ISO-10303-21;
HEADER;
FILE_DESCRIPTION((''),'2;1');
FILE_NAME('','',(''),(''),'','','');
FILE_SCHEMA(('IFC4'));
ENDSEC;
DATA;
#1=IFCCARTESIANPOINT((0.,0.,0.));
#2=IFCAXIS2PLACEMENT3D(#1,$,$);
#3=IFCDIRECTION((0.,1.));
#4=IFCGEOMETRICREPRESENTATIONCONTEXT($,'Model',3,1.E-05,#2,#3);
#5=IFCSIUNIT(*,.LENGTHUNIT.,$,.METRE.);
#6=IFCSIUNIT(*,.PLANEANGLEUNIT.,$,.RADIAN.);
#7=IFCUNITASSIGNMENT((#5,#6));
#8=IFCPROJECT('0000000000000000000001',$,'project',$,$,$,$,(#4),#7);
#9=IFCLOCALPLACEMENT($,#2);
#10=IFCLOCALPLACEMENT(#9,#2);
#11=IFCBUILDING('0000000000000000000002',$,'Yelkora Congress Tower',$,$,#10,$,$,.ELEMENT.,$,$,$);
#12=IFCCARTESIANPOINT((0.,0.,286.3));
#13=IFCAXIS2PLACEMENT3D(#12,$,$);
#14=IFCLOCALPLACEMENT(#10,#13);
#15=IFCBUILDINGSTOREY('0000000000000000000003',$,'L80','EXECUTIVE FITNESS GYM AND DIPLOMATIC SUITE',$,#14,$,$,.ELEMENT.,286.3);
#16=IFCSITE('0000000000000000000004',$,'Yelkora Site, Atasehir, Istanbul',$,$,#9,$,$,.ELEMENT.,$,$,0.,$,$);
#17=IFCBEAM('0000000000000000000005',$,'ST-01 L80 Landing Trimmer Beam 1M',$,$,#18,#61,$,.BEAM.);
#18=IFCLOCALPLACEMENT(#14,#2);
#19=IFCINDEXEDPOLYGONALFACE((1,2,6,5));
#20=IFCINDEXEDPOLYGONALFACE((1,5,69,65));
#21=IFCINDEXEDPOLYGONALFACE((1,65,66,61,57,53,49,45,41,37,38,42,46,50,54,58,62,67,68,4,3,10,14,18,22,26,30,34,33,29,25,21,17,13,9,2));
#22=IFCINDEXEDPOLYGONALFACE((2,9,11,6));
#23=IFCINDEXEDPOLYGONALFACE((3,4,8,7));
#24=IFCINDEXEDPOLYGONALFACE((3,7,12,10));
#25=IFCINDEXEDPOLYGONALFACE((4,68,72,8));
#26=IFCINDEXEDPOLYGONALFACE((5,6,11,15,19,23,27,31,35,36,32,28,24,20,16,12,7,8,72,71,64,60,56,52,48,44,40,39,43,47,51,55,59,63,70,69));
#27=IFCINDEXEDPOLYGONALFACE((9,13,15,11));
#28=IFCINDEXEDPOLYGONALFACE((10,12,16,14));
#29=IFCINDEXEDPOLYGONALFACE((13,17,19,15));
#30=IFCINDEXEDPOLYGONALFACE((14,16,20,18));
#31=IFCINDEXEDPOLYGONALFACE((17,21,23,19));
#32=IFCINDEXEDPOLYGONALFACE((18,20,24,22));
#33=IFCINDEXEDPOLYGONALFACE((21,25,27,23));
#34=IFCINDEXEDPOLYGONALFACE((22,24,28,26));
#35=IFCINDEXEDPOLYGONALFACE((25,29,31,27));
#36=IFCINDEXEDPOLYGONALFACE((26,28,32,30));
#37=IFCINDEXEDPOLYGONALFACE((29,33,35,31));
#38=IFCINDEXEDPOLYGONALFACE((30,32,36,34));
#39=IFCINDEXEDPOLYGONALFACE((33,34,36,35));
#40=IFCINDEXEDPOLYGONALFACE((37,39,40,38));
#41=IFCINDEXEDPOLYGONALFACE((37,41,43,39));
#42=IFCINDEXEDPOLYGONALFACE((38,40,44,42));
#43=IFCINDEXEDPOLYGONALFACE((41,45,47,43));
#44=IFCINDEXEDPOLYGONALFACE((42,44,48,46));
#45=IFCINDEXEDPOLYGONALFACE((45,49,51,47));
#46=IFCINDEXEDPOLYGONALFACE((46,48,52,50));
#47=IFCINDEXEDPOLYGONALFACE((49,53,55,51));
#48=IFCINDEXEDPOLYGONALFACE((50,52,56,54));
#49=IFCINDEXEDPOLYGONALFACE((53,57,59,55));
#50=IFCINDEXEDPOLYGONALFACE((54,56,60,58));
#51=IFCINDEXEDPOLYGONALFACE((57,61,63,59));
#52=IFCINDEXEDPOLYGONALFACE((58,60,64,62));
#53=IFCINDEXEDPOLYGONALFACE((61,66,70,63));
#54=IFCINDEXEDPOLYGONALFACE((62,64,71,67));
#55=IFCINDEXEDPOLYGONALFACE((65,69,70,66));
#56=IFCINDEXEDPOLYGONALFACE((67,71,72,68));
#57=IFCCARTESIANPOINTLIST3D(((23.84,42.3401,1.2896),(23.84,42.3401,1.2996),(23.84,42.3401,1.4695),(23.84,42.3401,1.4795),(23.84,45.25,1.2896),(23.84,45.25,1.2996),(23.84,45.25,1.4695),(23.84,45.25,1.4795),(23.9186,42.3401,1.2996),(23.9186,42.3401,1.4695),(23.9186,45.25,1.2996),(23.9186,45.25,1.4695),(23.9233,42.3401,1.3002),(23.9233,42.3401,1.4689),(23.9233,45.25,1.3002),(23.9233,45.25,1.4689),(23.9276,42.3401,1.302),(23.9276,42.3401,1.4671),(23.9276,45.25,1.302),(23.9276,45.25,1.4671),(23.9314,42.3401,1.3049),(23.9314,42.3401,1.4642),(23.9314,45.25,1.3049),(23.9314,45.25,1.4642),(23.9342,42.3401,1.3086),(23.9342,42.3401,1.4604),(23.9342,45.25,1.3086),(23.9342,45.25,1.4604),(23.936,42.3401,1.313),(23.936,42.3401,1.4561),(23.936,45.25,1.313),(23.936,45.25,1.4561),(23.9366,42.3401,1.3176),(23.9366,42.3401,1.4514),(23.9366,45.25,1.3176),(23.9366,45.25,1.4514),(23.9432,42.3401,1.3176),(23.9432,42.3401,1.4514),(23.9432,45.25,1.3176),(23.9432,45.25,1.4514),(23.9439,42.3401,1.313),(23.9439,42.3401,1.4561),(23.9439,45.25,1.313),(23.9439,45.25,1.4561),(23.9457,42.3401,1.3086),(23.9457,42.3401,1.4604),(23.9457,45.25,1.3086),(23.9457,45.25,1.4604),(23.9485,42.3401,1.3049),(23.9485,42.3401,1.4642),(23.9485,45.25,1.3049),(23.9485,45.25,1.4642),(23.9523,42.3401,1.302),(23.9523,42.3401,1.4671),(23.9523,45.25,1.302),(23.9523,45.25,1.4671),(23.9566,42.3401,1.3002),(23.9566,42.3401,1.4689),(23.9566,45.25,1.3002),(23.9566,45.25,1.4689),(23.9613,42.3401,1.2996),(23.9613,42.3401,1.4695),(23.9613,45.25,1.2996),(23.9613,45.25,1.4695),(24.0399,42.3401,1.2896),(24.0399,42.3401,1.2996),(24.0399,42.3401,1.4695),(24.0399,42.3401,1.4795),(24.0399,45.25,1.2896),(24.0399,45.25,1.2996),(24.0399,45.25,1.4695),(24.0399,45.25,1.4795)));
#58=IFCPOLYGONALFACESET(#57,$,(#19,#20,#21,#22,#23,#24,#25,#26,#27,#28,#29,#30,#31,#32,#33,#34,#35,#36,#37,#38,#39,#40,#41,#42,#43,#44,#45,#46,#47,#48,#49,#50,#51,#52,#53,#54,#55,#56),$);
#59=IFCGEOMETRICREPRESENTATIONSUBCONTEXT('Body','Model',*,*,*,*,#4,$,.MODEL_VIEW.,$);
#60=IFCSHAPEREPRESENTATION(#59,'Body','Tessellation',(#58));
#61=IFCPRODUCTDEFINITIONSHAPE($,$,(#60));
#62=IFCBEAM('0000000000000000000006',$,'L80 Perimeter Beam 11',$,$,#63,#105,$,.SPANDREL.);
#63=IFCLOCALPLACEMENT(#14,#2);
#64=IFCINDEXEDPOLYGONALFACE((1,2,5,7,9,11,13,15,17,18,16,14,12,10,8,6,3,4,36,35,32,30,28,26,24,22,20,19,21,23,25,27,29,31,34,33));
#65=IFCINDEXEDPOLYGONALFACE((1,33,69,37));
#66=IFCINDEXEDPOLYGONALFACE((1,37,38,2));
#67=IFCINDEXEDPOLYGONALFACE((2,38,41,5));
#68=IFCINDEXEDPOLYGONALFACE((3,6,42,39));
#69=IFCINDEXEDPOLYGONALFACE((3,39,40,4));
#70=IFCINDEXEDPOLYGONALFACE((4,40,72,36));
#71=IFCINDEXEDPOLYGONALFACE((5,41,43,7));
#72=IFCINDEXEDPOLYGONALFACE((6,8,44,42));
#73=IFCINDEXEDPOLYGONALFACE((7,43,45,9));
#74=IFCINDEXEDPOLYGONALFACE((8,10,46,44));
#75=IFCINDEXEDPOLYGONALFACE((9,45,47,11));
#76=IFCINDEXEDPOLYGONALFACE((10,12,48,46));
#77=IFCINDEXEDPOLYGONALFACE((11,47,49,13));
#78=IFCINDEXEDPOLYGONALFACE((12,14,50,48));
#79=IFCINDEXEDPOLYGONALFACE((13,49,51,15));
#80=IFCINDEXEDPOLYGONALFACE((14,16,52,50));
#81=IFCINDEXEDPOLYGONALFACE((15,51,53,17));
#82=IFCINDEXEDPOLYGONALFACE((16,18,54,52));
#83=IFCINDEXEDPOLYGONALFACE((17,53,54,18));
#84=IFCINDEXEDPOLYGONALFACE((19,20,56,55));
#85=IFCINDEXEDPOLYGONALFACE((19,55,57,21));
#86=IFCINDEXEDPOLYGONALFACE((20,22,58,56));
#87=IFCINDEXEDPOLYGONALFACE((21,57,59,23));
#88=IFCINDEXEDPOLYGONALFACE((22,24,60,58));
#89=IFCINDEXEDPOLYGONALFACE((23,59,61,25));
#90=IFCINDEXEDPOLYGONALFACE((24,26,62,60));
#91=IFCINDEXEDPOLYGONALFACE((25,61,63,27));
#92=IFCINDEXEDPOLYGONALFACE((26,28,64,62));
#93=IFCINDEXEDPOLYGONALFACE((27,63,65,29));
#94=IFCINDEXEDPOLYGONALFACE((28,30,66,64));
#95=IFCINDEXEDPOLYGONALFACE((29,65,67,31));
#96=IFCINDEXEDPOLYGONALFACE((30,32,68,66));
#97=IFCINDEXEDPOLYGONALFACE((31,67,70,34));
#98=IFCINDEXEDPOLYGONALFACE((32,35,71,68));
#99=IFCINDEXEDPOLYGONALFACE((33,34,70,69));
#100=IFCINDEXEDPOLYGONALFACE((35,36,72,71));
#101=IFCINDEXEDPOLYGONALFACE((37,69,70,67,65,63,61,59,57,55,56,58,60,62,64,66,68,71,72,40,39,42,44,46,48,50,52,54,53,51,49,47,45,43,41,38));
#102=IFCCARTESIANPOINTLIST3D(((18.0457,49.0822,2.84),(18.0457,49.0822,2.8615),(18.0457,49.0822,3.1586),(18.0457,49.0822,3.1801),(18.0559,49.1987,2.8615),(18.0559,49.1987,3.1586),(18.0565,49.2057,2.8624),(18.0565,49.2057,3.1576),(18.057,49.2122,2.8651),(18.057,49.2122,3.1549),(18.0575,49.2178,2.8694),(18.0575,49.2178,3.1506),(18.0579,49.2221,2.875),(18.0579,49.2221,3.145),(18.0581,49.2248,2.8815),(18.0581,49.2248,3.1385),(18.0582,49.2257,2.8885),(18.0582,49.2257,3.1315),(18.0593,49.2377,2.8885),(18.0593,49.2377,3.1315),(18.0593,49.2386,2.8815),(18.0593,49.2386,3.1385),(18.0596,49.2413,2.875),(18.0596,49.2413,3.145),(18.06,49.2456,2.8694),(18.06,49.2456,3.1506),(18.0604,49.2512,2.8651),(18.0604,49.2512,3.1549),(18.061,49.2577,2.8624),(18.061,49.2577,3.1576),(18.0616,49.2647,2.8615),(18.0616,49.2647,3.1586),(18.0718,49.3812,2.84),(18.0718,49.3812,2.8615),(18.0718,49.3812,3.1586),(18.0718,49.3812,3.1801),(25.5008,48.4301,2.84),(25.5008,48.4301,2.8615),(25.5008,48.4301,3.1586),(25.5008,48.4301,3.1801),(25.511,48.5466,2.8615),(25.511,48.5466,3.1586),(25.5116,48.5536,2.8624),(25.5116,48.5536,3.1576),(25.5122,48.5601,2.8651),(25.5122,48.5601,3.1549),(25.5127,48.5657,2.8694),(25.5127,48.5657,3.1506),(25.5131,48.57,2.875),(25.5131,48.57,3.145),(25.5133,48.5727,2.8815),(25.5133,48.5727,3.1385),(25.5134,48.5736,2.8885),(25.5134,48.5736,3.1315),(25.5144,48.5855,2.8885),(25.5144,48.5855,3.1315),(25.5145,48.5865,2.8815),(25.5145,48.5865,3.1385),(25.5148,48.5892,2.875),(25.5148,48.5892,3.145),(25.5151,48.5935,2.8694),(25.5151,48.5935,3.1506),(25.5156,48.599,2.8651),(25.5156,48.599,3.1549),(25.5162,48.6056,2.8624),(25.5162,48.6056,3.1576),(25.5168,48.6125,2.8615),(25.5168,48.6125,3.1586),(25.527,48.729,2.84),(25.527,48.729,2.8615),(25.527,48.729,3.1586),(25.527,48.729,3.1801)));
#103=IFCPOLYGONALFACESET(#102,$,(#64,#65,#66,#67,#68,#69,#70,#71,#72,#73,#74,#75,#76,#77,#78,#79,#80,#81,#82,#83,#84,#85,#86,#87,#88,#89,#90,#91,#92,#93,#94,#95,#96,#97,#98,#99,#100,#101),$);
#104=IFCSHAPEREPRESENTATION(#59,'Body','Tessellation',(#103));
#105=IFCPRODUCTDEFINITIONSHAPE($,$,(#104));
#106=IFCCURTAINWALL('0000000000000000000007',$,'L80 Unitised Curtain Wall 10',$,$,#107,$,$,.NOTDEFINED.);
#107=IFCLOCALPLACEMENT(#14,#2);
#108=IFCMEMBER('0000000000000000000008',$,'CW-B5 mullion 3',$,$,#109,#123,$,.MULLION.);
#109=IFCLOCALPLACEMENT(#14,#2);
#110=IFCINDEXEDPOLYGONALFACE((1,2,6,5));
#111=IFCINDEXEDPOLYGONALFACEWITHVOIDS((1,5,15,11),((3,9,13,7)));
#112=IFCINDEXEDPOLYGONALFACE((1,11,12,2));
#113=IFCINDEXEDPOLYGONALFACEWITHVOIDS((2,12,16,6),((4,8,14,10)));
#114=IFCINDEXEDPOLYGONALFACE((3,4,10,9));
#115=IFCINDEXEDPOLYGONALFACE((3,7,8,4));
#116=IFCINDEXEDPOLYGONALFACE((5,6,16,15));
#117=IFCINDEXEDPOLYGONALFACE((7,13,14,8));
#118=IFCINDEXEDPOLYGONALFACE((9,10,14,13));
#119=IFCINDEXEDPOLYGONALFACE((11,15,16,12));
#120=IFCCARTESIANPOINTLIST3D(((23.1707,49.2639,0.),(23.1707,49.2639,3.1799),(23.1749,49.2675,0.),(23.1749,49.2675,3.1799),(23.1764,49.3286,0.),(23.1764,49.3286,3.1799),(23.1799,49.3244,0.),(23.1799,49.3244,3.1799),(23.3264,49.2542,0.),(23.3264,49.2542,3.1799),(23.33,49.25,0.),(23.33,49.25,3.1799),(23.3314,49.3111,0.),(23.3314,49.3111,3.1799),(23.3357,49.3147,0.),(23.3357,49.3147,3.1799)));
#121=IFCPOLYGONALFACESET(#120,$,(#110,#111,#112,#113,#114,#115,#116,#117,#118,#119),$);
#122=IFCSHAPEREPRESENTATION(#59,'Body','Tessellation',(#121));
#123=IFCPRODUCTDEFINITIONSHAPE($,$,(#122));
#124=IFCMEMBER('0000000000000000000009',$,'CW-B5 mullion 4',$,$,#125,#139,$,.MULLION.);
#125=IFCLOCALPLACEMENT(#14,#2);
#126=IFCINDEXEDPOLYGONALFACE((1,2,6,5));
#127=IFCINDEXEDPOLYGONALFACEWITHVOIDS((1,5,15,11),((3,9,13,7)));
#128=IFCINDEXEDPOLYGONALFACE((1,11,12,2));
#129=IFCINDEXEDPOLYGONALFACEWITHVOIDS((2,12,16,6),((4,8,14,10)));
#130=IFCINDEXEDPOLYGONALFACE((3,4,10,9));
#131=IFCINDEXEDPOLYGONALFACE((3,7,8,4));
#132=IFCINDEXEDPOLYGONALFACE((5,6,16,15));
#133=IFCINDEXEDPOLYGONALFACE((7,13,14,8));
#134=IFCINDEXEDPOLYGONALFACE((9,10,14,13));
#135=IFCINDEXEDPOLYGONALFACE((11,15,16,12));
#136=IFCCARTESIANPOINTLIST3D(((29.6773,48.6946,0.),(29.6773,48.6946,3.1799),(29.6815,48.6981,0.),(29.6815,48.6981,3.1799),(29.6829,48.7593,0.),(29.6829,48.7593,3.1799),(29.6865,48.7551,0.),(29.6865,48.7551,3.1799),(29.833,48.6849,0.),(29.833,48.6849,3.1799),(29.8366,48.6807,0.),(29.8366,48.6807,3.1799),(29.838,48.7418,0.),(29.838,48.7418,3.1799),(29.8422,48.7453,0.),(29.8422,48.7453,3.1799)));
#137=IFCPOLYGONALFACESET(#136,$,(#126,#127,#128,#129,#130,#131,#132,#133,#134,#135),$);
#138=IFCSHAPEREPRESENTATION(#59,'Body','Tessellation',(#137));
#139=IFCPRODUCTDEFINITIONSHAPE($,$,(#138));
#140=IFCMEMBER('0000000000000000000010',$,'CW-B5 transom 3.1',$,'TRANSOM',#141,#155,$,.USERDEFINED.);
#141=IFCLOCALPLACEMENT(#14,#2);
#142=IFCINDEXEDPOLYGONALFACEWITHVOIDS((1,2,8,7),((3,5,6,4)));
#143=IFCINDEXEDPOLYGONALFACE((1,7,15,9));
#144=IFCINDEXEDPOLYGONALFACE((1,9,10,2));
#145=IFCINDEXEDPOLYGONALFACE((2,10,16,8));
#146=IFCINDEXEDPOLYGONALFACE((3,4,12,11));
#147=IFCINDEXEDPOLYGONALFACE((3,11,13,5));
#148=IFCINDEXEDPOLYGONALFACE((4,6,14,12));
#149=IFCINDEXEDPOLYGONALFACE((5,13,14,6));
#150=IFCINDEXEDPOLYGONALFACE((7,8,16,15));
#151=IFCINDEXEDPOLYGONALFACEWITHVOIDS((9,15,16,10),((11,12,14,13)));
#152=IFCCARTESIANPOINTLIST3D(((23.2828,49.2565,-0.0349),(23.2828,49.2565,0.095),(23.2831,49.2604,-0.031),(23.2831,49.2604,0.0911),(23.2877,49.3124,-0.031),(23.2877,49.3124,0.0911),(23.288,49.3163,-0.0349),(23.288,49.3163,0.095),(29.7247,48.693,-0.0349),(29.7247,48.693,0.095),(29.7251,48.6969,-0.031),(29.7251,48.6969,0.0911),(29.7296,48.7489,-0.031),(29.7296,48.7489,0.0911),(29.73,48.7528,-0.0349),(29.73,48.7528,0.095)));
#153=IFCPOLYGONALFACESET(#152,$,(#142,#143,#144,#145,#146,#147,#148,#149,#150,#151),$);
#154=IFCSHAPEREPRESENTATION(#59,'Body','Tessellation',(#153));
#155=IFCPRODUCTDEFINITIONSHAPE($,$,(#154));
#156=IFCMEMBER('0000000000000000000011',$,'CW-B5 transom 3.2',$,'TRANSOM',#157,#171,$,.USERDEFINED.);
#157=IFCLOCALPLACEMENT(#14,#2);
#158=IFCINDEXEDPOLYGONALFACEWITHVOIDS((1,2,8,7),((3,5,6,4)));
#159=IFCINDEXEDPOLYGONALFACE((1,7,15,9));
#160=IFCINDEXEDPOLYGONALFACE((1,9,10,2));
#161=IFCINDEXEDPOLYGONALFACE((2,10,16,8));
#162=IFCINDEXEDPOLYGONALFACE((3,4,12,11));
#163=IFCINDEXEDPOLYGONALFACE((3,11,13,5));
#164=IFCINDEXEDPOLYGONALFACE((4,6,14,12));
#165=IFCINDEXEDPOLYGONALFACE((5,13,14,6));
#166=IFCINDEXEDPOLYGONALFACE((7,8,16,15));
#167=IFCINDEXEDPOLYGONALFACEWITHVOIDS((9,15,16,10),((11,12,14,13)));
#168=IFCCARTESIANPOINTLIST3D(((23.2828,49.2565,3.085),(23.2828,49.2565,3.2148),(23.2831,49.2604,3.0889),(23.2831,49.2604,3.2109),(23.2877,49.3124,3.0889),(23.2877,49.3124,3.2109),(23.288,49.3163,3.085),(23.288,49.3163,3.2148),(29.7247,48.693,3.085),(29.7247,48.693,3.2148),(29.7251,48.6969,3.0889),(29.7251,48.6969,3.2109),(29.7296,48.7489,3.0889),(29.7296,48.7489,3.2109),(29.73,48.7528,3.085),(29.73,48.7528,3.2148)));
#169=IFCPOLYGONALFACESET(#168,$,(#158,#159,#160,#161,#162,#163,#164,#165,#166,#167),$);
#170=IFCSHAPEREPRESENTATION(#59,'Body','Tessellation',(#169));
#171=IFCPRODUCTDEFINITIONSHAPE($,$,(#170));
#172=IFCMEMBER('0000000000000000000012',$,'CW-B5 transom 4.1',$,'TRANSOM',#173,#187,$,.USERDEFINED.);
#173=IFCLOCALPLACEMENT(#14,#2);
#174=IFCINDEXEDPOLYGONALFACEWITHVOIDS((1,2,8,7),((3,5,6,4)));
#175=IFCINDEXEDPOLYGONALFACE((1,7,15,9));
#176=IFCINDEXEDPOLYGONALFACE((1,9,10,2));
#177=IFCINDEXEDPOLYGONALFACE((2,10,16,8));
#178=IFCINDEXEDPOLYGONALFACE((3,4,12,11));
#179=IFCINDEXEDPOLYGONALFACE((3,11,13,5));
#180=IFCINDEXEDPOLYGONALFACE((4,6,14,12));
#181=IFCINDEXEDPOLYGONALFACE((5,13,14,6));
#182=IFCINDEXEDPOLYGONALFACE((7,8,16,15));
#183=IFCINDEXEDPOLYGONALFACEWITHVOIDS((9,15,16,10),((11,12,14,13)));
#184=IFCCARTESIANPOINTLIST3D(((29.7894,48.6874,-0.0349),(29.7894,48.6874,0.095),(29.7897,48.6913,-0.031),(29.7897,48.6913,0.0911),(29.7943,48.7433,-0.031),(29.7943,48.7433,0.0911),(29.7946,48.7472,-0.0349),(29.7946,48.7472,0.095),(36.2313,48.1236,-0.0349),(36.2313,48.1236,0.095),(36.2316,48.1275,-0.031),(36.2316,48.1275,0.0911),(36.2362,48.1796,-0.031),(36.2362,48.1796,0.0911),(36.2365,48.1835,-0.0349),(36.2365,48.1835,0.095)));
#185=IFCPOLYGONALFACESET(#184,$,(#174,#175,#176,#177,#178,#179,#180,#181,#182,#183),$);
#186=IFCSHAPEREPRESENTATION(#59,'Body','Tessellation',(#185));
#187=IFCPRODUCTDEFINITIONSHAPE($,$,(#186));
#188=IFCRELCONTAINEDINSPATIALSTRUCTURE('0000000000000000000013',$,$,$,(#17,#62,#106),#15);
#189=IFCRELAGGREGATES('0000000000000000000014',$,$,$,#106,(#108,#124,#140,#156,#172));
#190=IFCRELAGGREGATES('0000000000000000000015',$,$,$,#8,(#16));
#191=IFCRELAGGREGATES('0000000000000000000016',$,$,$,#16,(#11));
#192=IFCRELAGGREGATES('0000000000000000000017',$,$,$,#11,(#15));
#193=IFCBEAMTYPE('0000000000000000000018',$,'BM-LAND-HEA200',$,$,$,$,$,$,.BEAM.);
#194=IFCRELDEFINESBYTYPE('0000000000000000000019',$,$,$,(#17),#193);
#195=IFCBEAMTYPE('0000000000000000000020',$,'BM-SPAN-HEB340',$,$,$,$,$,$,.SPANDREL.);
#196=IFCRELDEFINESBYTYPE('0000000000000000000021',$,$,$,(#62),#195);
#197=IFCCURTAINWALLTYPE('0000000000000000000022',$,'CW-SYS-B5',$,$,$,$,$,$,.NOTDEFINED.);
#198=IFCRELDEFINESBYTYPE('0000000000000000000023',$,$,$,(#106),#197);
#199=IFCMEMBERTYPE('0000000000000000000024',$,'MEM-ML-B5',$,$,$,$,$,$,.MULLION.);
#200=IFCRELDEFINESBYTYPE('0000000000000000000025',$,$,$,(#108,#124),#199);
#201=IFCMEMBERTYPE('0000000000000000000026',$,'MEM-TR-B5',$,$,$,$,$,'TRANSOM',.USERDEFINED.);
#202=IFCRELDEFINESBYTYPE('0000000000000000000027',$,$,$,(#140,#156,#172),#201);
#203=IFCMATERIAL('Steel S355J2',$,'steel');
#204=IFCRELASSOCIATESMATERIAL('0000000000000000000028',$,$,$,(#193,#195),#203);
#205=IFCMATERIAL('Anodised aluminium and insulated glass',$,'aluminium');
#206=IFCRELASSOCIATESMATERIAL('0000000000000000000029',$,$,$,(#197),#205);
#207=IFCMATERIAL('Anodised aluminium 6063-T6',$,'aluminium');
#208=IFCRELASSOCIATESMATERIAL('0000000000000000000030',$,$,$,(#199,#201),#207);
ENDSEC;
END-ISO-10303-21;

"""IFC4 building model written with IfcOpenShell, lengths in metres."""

from ifc_helpers import new_model, si_unit, direction, frame, origin, origin_2d, place, context, subcontext, project, spatial, hollow_rectangle, i_section, extrude, material, material_profile, profile_set, type_object, element, aggregate, save


model = new_model("IFC4")

# Units and contexts
model_context = context("Model", 3, precision=1e-05, world=origin(), true_north=direction((0.0, 1.0)))
body_context = subcontext(model_context, "Body", "Model", "MODEL_VIEW")
ifc_project = project(units=[si_unit("LENGTHUNIT", "METRE"), si_unit("PLANEANGLEUNIT", "RADIAN")], contexts=[model_context])

# Site, building, storey
site_placement = place(None, origin())
site = spatial("IfcSite", under=ifc_project, at=site_placement, Name="Yelkora Site, Atasehir, Istanbul", CompositionType="ELEMENT", RefElevation=0.0)
building_placement = place(site_placement, origin())
building = spatial("IfcBuilding", under=site, at=building_placement, Name="Yelkora Congress Tower", CompositionType="ELEMENT")
storey_placement = place(building_placement, frame((0.0, 0.0, 286.3)))
storey = spatial("IfcBuildingStorey", under=building, at=storey_placement, Name="L80", Description="EXECUTIVE FITNESS GYM AND DIPLOMATIC SUITE", CompositionType="ELEMENT", Elevation=286.3)

# Shared definitions
ifc_material_1 = material(Name="Steel S355J2", Category="steel")

# Beams
ifc_material_profile_1 = material_profile(ifc_material_1, i_section(OverallWidth=0.2, OverallDepth=0.1899, WebThickness=0.0066, FlangeThickness=0.01, FilletRadius=0.0181, at=origin_2d()), Name="HEA 200")
ifc_profile_set_1 = profile_set([ifc_material_profile_1], Name="Steel S355J2")
beam_type_1 = type_object("IfcBeamType", Name="BM-LAND-HEA200", PredefinedType="BEAM", material=ifc_profile_set_1)
beam_1_placement = place(storey_placement, frame((23.9399, 42.3401, 1.3845), z_axis=(0.0, 1.0, 0.0), x_axis=(-1.0, 0.0, 0.0)))
element("IfcBeam", 1, at=beam_1_placement, inside=storey, type_object=beam_type_1, Name="ST-01 L80 Landing Trimmer Beam 1M", PredefinedType="BEAM", context=body_context, shape_type="SweptSolid", body=[
    extrude(i_section(OverallWidth=0.2, OverallDepth=0.1899, WebThickness=0.0066, FlangeThickness=0.01, FilletRadius=0.0181, at=origin_2d()), origin(), (0.0, 0.0, 1.0), 2.9099),
])
ifc_material_profile_2 = material_profile(ifc_material_1, i_section(OverallWidth=0.3, OverallDepth=0.3401, WebThickness=0.012, FlangeThickness=0.0215, FilletRadius=0.0271, at=origin_2d()), Name="HEB 340")
ifc_profile_set_2 = profile_set([ifc_material_profile_2], Name="Steel S355J2")
beam_type_2 = type_object("IfcBeamType", Name="BM-SPAN-HEB340", PredefinedType="SPANDREL", material=ifc_profile_set_2)
beam_2_placement = place(storey_placement, frame((25.5139, 48.5796, 3.01), z_axis=(-0.996196, 0.087138, 0.0), x_axis=(-0.087138, -0.996196, 0.0)))
element("IfcBeam", 2, at=beam_2_placement, inside=storey, type_object=beam_type_2, Name="L80 Perimeter Beam 11", PredefinedType="SPANDREL", context=body_context, shape_type="SweptSolid", body=[
    extrude(i_section(OverallWidth=0.3, OverallDepth=0.3401, WebThickness=0.012, FlangeThickness=0.0215, FilletRadius=0.0271, at=origin_2d()), origin(), (0.0, 0.0, 1.0), 7.4836),
])

# Curtain wall, members
ifc_material_2 = material(Name="Anodised aluminium and insulated glass", Category="aluminium")
curtain_wall_type = type_object("IfcCurtainWallType", Name="CW-SYS-B5", PredefinedType="NOTDEFINED", material=ifc_material_2)
curtain_wall_placement = place(storey_placement, origin())
curtain_wall = element("IfcCurtainWall", 3, at=curtain_wall_placement, inside=storey, type_object=curtain_wall_type, Name="L80 Unitised Curtain Wall 10", PredefinedType="NOTDEFINED")
ifc_material_3 = material(Name="Anodised aluminium 6063-T6", Category="aluminium")
ifc_material_profile_3 = material_profile(ifc_material_3, hollow_rectangle(XDim=0.0649, YDim=0.1599, WallThickness=0.0039, at=origin_2d()), Name="ALU 65x160x4")
ifc_profile_set_3 = profile_set([ifc_material_profile_3], Name="Anodised aluminium 6063-T6")
member_type_1 = type_object("IfcMemberType", Name="MEM-ML-B5", PredefinedType="MULLION", material=ifc_profile_set_3)
member_1_placement = place(storey_placement, frame((23.2532, 49.2893, 0.0), z_axis=(0.0, 0.0, 1.0), x_axis=(0.087157, 0.996195, 0.0)))
member_1 = element("IfcMember", 4, at=member_1_placement, type_object=member_type_1, Name="CW-B5 mullion 3", PredefinedType="MULLION", context=body_context, shape_type="SweptSolid", body=[
    extrude(hollow_rectangle(XDim=0.0649, YDim=0.1599, WallThickness=0.0039, at=origin_2d()), origin(), (0.0, 0.0, 1.0), 3.1799),
])
member_2_placement = place(storey_placement, frame((29.7598, 48.72, 0.0), z_axis=(0.0, 0.0, 1.0), x_axis=(0.087157, 0.996195, 0.0)))
member_2 = element("IfcMember", 5, at=member_2_placement, type_object=member_type_1, Name="CW-B5 mullion 4", PredefinedType="MULLION", context=body_context, shape_type="SweptSolid", body=[
    extrude(hollow_rectangle(XDim=0.0649, YDim=0.1599, WallThickness=0.0039, at=origin_2d()), origin(), (0.0, 0.0, 1.0), 3.1799),
])
ifc_material_profile_4 = material_profile(ifc_material_3, hollow_rectangle(XDim=0.0601, YDim=0.1299, WallThickness=0.0039, at=origin_2d()), Name="ALU 60x130x4")
ifc_profile_set_4 = profile_set([ifc_material_profile_4], Name="Anodised aluminium 6063-T6")
member_type_2 = type_object("IfcMemberType", Name="MEM-TR-B5", ElementType="TRANSOM", PredefinedType="USERDEFINED", material=ifc_profile_set_4)
member_3_placement = place(storey_placement, frame((23.2854, 49.2864, 0.03), z_axis=(0.996196, -0.087138, 0.0), x_axis=(0.087138, 0.996196, 0.0)))
member_3 = element("IfcMember", 6, at=member_3_placement, type_object=member_type_2, Name="CW-B5 transom 3.1", ObjectType="TRANSOM", PredefinedType="USERDEFINED", context=body_context, shape_type="SweptSolid", body=[
    extrude(hollow_rectangle(XDim=0.0601, YDim=0.1299, WallThickness=0.0039, at=origin_2d()), origin(), (0.0, 0.0, 1.0), 6.4666),
])
member_4_placement = place(storey_placement, frame((23.2854, 49.2864, 3.1499), z_axis=(0.996196, -0.087138, 0.0), x_axis=(0.087138, 0.996196, 0.0)))
member_4 = element("IfcMember", 7, at=member_4_placement, type_object=member_type_2, Name="CW-B5 transom 3.2", ObjectType="TRANSOM", PredefinedType="USERDEFINED", context=body_context, shape_type="SweptSolid", body=[
    extrude(hollow_rectangle(XDim=0.0601, YDim=0.1299, WallThickness=0.0039, at=origin_2d()), origin(), (0.0, 0.0, 1.0), 6.4666),
])
member_5_placement = place(storey_placement, frame((29.792, 48.7173, 0.03), z_axis=(0.996193, -0.087175, 0.0), x_axis=(0.087175, 0.996193, 0.0)))
member_5 = element("IfcMember", 8, at=member_5_placement, type_object=member_type_2, Name="CW-B5 transom 4.1", ObjectType="TRANSOM", PredefinedType="USERDEFINED", context=body_context, shape_type="SweptSolid", body=[
    extrude(hollow_rectangle(XDim=0.0601, YDim=0.1299, WallThickness=0.0039, at=origin_2d()), origin(), (0.0, 0.0, 1.0), 6.4666),
])
aggregate(curtain_wall, [member_1, member_2, member_3, member_4, member_5])

save(model, "model.ifc")
